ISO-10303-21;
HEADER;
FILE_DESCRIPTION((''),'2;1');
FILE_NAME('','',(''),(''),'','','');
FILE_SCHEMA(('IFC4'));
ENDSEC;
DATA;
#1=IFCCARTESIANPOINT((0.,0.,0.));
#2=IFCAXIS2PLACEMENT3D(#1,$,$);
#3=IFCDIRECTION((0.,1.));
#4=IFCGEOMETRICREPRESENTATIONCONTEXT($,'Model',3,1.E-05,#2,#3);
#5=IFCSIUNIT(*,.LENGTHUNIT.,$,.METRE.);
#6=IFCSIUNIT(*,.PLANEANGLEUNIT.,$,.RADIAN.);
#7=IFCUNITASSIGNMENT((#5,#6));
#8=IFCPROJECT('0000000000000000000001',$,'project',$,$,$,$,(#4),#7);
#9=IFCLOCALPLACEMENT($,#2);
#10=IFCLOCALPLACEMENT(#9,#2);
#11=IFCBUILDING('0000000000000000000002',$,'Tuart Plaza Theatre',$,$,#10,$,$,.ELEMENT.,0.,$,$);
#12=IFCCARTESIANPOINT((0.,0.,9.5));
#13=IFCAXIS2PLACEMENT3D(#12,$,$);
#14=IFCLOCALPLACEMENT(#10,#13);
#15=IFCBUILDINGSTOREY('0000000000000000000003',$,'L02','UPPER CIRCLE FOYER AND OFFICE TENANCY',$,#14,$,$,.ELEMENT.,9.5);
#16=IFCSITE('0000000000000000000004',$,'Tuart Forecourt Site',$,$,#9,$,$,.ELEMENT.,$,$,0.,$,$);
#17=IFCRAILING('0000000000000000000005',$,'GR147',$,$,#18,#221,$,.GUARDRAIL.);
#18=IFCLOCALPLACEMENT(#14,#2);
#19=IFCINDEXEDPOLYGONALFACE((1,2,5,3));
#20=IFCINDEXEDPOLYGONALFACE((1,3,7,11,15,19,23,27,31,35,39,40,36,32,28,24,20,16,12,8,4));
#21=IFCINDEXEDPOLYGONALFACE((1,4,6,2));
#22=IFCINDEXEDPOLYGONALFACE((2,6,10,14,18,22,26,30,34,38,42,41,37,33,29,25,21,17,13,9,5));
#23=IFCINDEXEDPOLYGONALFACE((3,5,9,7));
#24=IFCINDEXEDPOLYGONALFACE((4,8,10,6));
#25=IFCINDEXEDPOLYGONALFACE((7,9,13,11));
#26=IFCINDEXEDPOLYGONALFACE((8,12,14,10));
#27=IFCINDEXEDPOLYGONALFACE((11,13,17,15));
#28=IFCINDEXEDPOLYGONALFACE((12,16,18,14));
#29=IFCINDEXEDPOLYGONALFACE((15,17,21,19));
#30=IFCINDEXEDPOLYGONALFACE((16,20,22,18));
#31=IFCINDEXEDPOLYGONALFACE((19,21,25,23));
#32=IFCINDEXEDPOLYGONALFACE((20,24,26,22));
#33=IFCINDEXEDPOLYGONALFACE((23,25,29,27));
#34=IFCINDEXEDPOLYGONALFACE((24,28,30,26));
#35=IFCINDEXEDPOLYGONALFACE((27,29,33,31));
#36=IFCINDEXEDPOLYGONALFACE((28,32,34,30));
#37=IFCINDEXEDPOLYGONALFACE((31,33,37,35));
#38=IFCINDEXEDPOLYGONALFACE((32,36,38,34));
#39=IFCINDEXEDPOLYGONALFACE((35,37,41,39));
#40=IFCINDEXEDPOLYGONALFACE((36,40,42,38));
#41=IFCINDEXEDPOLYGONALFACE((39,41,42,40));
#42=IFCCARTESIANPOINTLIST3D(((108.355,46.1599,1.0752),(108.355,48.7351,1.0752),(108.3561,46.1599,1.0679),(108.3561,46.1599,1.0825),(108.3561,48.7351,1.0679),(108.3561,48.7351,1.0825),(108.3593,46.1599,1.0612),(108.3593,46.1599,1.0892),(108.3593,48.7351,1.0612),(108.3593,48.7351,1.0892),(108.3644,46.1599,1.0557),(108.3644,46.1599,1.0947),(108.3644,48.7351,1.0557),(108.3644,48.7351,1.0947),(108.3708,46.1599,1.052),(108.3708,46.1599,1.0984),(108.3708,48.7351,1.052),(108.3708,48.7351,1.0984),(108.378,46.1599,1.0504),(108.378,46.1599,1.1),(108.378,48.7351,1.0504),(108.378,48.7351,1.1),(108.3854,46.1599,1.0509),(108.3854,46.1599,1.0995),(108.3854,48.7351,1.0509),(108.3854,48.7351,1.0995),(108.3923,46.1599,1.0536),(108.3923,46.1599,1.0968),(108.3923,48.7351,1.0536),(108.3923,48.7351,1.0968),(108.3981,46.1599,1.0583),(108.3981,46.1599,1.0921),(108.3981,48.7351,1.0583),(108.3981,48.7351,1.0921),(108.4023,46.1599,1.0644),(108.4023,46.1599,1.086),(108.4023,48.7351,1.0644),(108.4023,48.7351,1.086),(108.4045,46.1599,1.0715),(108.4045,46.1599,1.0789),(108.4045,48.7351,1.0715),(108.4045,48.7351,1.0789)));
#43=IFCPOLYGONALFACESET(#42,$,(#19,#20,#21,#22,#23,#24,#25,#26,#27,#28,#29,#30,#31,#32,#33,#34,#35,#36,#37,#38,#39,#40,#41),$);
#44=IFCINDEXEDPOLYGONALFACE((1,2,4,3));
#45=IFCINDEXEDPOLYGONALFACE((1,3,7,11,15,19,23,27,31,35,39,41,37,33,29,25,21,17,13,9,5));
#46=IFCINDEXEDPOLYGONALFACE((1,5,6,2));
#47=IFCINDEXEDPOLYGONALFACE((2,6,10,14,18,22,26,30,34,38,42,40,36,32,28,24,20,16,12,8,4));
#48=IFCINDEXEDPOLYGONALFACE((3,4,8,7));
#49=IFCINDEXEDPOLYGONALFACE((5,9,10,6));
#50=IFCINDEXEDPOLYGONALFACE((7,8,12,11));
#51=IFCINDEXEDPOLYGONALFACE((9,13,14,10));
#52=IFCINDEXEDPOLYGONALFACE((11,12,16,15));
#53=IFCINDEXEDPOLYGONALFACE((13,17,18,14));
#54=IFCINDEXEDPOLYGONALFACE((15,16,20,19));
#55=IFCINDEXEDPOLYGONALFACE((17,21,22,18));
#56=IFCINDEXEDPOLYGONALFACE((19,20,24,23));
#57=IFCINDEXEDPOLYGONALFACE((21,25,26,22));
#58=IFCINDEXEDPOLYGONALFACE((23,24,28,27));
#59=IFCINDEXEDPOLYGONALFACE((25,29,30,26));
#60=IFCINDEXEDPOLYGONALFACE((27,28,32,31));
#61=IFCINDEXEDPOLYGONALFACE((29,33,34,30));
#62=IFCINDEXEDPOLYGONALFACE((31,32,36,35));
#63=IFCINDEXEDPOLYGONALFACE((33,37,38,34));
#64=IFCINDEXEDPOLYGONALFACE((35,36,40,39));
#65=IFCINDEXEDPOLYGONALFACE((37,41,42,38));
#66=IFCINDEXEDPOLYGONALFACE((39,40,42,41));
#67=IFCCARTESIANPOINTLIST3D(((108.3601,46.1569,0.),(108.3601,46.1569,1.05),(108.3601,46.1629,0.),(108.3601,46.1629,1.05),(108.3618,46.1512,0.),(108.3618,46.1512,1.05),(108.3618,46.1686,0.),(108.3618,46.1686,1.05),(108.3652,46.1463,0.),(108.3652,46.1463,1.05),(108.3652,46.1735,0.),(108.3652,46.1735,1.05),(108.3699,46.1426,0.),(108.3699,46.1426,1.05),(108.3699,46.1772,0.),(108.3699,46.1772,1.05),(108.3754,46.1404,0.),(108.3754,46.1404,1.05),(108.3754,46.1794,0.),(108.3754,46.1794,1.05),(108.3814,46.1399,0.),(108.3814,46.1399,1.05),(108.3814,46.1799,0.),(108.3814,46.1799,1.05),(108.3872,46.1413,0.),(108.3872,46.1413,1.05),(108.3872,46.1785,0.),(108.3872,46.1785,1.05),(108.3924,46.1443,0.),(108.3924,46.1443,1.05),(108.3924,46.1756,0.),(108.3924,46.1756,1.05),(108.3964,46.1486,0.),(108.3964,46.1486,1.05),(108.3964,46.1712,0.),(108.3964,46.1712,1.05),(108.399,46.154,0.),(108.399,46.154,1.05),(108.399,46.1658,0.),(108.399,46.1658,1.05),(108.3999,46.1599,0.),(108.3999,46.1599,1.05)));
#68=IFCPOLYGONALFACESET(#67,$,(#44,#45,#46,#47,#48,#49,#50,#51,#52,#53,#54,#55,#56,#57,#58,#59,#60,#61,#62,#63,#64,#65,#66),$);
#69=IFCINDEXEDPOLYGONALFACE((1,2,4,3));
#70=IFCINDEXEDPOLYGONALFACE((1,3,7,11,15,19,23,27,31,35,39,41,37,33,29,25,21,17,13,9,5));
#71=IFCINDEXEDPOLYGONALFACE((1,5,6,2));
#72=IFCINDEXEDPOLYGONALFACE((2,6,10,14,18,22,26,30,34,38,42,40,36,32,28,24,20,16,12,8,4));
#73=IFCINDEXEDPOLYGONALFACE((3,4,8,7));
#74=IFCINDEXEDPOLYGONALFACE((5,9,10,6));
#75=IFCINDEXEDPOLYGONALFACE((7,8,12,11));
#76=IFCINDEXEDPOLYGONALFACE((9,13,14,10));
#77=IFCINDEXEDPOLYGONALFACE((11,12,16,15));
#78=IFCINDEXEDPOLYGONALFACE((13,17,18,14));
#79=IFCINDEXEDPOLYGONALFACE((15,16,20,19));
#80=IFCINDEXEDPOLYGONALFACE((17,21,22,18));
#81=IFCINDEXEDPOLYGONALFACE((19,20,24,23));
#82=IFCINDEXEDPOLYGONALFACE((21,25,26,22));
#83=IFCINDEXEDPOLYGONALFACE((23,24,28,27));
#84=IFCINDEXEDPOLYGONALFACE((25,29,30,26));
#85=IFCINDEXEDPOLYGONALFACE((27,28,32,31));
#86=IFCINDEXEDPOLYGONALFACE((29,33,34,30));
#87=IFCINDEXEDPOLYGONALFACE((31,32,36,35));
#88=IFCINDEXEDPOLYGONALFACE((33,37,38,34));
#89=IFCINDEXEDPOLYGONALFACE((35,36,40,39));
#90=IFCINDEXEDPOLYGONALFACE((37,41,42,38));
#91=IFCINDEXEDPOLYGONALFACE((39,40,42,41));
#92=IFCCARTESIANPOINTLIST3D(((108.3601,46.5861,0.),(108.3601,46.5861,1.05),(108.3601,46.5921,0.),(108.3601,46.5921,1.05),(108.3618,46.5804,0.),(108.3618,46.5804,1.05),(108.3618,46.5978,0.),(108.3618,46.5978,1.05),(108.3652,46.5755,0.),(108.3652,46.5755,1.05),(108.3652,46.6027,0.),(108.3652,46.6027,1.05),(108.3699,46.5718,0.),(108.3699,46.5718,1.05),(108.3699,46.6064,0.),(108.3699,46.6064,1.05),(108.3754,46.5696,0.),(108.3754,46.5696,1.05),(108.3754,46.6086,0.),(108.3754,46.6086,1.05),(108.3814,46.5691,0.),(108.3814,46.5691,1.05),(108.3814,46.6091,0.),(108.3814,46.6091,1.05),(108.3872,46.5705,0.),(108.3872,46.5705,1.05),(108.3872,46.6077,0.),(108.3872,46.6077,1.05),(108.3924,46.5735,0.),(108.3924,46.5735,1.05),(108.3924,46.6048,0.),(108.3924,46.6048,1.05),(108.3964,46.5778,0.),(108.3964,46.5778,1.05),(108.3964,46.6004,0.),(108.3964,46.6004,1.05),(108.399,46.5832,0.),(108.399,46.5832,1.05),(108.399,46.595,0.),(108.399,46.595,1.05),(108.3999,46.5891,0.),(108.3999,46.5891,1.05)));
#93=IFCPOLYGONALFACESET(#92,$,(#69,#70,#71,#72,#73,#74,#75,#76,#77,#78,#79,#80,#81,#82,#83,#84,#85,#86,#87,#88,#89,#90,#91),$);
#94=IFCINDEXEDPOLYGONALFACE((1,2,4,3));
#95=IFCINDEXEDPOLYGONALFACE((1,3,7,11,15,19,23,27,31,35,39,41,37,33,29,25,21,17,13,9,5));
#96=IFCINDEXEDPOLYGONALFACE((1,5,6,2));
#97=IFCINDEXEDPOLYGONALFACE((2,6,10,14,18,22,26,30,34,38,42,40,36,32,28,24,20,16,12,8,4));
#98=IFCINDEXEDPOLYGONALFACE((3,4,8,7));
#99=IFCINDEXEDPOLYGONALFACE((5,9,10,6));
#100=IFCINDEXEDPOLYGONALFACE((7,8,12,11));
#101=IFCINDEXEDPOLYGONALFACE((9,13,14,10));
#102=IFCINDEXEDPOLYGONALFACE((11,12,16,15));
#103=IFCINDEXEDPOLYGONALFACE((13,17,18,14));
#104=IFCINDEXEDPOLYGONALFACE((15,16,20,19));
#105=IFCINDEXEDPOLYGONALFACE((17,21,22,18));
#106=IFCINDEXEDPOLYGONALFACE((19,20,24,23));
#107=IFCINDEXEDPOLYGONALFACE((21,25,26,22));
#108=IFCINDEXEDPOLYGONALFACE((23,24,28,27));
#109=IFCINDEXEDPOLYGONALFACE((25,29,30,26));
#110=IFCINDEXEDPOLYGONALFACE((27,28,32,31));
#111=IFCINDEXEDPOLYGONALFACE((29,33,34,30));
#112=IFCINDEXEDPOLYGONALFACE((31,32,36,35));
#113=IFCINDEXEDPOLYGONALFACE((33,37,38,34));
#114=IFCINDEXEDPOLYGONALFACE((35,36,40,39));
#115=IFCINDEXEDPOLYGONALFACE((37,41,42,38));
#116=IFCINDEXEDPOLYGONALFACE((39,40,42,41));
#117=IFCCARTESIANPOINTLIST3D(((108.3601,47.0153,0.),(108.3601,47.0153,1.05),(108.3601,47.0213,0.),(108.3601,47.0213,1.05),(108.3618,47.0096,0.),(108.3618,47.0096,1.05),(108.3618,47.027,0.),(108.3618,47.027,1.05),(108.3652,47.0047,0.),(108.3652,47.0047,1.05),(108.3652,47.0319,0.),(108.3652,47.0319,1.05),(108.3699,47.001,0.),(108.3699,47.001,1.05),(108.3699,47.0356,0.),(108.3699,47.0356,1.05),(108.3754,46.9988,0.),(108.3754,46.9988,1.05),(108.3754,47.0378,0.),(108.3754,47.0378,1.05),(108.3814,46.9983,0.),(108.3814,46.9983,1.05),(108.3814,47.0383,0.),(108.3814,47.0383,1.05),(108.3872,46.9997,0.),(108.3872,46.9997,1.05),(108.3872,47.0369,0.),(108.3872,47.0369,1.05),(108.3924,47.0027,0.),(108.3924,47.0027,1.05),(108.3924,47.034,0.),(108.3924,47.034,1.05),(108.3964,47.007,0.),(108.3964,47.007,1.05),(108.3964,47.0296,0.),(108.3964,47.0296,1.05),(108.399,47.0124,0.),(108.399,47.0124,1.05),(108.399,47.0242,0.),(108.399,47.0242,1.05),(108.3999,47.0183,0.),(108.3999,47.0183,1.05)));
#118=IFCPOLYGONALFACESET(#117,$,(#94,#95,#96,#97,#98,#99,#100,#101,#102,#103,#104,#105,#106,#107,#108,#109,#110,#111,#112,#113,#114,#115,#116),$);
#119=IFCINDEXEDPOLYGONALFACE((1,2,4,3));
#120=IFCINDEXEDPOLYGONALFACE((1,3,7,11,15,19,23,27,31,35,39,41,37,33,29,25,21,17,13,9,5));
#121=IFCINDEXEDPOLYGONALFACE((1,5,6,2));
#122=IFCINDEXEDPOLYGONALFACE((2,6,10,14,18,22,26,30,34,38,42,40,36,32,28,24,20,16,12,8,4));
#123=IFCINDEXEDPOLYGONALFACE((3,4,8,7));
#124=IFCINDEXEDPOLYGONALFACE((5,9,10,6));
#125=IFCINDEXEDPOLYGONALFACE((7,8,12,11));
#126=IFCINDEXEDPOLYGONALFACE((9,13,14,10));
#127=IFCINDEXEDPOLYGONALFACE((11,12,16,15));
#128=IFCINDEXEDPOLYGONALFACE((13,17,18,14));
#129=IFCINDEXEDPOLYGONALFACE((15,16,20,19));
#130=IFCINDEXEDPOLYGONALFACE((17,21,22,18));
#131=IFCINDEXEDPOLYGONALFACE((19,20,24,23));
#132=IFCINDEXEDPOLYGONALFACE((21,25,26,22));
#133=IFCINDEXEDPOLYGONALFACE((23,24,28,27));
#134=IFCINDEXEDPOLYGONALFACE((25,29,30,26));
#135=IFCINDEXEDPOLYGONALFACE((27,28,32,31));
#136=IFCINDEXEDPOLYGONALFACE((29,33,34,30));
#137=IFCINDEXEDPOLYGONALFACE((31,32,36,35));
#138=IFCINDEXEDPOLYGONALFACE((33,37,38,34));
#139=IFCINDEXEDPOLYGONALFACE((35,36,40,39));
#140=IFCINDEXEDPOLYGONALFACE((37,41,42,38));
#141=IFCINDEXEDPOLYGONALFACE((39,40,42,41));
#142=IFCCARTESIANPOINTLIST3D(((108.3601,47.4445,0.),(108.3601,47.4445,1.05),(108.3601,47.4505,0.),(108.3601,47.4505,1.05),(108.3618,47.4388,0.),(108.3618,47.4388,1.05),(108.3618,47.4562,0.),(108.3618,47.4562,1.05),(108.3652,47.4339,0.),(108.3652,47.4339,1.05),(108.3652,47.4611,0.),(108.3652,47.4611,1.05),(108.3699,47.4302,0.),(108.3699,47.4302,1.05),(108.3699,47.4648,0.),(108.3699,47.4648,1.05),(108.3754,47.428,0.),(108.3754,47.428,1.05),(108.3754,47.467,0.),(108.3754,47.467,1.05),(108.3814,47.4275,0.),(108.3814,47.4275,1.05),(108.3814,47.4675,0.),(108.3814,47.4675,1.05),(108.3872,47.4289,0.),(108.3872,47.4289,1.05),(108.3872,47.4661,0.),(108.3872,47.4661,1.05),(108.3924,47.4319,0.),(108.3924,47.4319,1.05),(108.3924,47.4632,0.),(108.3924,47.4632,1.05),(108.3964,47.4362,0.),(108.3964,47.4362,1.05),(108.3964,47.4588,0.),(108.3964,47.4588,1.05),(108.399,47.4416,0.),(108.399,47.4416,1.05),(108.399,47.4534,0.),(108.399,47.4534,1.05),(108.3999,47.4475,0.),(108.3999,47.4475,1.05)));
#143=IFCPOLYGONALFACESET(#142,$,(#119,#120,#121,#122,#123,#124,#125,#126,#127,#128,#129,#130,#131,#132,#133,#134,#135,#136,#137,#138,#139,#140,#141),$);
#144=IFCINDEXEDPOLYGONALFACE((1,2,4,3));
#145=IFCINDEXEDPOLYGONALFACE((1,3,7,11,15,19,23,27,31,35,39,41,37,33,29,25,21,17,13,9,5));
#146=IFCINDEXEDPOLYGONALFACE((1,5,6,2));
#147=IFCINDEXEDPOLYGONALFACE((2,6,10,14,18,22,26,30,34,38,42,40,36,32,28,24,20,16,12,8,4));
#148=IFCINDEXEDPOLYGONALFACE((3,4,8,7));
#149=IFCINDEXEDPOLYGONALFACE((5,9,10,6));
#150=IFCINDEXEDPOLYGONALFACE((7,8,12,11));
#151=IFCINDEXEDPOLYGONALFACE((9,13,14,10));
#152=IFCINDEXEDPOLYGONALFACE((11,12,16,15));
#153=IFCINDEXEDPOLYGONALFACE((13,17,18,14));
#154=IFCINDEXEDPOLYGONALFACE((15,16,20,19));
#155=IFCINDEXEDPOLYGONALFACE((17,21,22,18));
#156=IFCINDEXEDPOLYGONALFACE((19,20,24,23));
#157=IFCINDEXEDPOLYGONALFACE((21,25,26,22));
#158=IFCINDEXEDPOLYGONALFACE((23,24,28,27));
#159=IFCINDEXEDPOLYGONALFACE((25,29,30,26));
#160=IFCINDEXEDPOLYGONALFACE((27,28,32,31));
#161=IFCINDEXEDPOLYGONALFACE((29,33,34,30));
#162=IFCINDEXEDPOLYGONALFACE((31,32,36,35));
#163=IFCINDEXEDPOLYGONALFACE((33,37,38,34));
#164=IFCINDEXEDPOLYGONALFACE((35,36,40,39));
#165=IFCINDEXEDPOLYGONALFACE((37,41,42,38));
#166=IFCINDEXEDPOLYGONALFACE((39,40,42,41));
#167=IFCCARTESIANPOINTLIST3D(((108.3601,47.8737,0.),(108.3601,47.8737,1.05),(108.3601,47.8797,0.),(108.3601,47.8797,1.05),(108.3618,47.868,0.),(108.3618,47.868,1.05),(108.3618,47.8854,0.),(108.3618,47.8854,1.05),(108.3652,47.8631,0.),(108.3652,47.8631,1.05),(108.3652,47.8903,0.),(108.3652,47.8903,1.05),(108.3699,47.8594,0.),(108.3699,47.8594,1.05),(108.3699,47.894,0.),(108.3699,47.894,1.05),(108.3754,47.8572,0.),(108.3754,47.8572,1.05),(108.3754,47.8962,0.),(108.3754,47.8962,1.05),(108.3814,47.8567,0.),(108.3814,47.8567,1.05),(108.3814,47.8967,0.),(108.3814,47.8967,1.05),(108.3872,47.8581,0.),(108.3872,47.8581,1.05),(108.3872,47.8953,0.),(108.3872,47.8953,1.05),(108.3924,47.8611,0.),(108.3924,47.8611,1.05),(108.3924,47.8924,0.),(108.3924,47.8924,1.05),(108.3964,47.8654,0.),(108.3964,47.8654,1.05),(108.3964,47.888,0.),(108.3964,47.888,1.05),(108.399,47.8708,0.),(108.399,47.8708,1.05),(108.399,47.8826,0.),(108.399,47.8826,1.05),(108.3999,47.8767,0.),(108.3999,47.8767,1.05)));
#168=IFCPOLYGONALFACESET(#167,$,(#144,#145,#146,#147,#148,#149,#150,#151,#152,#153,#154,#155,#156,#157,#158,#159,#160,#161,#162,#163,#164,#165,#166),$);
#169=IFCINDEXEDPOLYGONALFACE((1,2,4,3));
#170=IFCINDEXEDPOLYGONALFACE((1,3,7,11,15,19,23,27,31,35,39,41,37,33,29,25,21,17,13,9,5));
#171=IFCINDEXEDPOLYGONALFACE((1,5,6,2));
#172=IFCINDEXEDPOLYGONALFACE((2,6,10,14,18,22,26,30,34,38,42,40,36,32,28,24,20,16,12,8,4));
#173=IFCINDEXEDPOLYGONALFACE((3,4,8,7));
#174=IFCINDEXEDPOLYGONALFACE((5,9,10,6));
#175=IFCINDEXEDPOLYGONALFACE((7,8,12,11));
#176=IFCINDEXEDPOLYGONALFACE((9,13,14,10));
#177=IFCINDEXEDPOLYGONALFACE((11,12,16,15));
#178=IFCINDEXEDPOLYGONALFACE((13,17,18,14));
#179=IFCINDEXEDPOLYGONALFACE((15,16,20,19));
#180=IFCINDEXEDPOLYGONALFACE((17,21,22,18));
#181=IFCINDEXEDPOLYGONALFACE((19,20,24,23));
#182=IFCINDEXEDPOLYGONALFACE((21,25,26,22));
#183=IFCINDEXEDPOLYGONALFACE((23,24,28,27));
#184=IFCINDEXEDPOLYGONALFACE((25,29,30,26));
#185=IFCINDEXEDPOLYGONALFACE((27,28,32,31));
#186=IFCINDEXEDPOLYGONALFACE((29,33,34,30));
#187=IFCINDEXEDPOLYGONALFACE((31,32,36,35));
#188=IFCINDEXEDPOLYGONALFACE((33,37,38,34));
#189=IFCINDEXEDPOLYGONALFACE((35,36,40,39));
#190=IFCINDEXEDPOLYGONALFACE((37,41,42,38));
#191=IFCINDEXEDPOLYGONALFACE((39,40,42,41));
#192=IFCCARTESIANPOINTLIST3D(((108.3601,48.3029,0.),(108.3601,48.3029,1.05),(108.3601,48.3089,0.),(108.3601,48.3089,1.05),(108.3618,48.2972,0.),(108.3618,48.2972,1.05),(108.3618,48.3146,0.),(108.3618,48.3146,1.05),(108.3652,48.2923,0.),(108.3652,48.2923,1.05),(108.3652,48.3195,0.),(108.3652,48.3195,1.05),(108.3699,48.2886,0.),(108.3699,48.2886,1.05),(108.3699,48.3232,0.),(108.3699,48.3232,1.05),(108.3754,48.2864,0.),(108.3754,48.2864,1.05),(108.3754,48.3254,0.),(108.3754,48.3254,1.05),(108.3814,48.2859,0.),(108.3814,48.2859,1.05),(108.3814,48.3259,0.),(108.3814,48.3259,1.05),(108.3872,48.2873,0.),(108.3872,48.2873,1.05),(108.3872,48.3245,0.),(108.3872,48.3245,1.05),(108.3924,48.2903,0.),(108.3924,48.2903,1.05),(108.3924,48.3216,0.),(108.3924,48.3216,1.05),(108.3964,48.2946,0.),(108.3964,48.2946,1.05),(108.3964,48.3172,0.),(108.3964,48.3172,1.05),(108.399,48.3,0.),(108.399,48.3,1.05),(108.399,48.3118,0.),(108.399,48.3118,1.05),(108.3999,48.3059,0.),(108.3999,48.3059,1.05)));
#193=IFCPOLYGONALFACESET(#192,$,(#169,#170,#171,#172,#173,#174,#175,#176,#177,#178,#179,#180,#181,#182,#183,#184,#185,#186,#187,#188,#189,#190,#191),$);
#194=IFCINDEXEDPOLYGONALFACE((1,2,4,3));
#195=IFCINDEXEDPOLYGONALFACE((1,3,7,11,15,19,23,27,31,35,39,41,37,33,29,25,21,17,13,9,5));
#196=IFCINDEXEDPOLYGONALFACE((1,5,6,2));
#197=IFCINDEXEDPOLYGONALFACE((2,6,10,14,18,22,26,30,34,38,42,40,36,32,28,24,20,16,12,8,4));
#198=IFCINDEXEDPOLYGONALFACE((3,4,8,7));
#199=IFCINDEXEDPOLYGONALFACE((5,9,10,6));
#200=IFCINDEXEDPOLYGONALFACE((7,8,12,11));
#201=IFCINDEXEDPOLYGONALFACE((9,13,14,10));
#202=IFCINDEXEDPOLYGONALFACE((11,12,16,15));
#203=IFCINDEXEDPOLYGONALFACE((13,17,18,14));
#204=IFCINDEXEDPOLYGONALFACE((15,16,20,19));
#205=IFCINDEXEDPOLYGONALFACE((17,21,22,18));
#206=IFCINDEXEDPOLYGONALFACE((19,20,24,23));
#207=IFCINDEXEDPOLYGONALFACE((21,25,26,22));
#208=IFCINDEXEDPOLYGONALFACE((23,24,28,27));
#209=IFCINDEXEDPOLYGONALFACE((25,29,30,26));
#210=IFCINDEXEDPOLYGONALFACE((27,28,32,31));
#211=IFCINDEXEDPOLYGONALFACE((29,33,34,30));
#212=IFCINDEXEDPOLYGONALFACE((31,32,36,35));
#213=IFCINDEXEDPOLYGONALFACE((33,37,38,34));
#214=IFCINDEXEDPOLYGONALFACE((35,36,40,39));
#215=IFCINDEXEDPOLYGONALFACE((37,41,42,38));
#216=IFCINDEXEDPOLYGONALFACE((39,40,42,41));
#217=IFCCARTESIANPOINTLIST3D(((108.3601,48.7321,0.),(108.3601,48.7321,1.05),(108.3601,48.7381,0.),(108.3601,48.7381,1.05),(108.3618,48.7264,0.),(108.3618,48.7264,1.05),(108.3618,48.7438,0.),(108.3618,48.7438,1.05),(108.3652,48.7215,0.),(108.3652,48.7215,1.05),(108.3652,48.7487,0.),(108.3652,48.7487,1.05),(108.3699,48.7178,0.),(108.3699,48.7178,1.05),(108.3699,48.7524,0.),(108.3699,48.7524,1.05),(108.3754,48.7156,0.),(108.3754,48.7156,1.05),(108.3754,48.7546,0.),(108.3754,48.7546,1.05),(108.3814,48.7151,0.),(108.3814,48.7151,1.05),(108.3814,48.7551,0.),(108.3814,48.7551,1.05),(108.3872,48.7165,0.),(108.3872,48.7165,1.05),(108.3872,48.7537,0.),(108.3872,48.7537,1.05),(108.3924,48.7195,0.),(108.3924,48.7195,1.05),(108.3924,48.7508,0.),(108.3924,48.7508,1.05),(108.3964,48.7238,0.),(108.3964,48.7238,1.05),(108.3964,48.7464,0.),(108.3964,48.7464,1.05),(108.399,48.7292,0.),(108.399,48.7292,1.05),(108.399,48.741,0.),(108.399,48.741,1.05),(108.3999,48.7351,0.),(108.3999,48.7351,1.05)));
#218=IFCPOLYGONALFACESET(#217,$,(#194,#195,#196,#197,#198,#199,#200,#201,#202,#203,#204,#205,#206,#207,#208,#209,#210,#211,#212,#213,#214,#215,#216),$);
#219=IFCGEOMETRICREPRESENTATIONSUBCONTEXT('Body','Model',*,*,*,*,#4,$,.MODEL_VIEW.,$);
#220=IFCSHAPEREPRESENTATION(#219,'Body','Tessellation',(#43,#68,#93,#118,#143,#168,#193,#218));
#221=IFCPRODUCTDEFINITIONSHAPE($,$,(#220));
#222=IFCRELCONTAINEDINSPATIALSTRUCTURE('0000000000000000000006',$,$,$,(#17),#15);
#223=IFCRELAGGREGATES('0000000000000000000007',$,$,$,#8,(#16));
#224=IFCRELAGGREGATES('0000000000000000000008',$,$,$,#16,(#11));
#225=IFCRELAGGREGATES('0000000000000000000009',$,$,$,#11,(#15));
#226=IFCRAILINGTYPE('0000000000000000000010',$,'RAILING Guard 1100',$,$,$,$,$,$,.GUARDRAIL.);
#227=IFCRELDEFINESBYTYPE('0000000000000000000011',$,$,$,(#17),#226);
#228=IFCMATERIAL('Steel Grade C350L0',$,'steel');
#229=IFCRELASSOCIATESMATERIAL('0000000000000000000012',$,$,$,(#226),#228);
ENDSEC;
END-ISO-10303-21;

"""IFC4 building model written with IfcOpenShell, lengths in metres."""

from ifc_helpers import new_model, si_unit, direction, frame, origin, origin_2d, place, context, subcontext, project, spatial, circle, extrude, material, type_object, element, save


model = new_model("IFC4")

# Units and contexts
model_context = context("Model", 3, precision=1e-05, world=origin(), true_north=direction((0.0, 1.0)))
body_context = subcontext(model_context, "Body", "Model", "MODEL_VIEW")
ifc_project = project(units=[si_unit("LENGTHUNIT", "METRE"), si_unit("PLANEANGLEUNIT", "RADIAN")], contexts=[model_context])

# Site, building, storey
site_placement = place(None, origin())
site = spatial("IfcSite", under=ifc_project, at=site_placement, Name="Tuart Forecourt Site", CompositionType="ELEMENT", RefElevation=0.0)
building_placement = place(site_placement, origin())
building = spatial("IfcBuilding", under=site, at=building_placement, Name="Tuart Plaza Theatre", CompositionType="ELEMENT", ElevationOfRefHeight=0.0)
storey_placement = place(building_placement, frame((0.0, 0.0, 9.5)))
storey = spatial("IfcBuildingStorey", under=building, at=storey_placement, Name="L02", Description="UPPER CIRCLE FOYER AND OFFICE TENANCY", CompositionType="ELEMENT", Elevation=9.5)

# Railing
ifc_material_1 = material(Name="Steel Grade C350L0", Category="steel")
railing_type_1 = type_object("IfcRailingType", Name="RAILING Guard 1100", PredefinedType="GUARDRAIL", material=ifc_material_1)
railing_1_placement = place(storey_placement, frame((108.3799, 46.1599, 0.0)))
element("IfcRailing", 1, at=railing_1_placement, inside=storey, type_object=railing_type_1, Name="GR147", PredefinedType="GUARDRAIL", context=body_context, shape_type="SweptSolid", body=[
    extrude(circle(Radius=0.0249, at=origin_2d()), frame((0.0, 0.0, 1.0752), z_axis=(0.0, 1.0, 0.0), x_axis=(-1.0, 0.0, 0.0)), (0.0, 0.0, 1.0), 2.5752),
    extrude(circle(Radius=0.02, at=origin_2d()), origin(), (0.0, 0.0, 1.0), 1.05),
    extrude(circle(Radius=0.02, at=origin_2d()), frame((0.0, 0.4292, 0.0)), (0.0, 0.0, 1.0), 1.05),
    extrude(circle(Radius=0.02, at=origin_2d()), frame((0.0, 0.8584, 0.0)), (0.0, 0.0, 1.0), 1.05),
    extrude(circle(Radius=0.02, at=origin_2d()), frame((0.0, 1.2876, 0.0)), (0.0, 0.0, 1.0), 1.05),
    extrude(circle(Radius=0.02, at=origin_2d()), frame((0.0, 1.7168, 0.0)), (0.0, 0.0, 1.0), 1.05),
    extrude(circle(Radius=0.02, at=origin_2d()), frame((0.0, 2.146, 0.0)), (0.0, 0.0, 1.0), 1.05),
    extrude(circle(Radius=0.02, at=origin_2d()), frame((0.0, 2.5752, 0.0)), (0.0, 0.0, 1.0), 1.05),
])

save(model, "model.ifc")
